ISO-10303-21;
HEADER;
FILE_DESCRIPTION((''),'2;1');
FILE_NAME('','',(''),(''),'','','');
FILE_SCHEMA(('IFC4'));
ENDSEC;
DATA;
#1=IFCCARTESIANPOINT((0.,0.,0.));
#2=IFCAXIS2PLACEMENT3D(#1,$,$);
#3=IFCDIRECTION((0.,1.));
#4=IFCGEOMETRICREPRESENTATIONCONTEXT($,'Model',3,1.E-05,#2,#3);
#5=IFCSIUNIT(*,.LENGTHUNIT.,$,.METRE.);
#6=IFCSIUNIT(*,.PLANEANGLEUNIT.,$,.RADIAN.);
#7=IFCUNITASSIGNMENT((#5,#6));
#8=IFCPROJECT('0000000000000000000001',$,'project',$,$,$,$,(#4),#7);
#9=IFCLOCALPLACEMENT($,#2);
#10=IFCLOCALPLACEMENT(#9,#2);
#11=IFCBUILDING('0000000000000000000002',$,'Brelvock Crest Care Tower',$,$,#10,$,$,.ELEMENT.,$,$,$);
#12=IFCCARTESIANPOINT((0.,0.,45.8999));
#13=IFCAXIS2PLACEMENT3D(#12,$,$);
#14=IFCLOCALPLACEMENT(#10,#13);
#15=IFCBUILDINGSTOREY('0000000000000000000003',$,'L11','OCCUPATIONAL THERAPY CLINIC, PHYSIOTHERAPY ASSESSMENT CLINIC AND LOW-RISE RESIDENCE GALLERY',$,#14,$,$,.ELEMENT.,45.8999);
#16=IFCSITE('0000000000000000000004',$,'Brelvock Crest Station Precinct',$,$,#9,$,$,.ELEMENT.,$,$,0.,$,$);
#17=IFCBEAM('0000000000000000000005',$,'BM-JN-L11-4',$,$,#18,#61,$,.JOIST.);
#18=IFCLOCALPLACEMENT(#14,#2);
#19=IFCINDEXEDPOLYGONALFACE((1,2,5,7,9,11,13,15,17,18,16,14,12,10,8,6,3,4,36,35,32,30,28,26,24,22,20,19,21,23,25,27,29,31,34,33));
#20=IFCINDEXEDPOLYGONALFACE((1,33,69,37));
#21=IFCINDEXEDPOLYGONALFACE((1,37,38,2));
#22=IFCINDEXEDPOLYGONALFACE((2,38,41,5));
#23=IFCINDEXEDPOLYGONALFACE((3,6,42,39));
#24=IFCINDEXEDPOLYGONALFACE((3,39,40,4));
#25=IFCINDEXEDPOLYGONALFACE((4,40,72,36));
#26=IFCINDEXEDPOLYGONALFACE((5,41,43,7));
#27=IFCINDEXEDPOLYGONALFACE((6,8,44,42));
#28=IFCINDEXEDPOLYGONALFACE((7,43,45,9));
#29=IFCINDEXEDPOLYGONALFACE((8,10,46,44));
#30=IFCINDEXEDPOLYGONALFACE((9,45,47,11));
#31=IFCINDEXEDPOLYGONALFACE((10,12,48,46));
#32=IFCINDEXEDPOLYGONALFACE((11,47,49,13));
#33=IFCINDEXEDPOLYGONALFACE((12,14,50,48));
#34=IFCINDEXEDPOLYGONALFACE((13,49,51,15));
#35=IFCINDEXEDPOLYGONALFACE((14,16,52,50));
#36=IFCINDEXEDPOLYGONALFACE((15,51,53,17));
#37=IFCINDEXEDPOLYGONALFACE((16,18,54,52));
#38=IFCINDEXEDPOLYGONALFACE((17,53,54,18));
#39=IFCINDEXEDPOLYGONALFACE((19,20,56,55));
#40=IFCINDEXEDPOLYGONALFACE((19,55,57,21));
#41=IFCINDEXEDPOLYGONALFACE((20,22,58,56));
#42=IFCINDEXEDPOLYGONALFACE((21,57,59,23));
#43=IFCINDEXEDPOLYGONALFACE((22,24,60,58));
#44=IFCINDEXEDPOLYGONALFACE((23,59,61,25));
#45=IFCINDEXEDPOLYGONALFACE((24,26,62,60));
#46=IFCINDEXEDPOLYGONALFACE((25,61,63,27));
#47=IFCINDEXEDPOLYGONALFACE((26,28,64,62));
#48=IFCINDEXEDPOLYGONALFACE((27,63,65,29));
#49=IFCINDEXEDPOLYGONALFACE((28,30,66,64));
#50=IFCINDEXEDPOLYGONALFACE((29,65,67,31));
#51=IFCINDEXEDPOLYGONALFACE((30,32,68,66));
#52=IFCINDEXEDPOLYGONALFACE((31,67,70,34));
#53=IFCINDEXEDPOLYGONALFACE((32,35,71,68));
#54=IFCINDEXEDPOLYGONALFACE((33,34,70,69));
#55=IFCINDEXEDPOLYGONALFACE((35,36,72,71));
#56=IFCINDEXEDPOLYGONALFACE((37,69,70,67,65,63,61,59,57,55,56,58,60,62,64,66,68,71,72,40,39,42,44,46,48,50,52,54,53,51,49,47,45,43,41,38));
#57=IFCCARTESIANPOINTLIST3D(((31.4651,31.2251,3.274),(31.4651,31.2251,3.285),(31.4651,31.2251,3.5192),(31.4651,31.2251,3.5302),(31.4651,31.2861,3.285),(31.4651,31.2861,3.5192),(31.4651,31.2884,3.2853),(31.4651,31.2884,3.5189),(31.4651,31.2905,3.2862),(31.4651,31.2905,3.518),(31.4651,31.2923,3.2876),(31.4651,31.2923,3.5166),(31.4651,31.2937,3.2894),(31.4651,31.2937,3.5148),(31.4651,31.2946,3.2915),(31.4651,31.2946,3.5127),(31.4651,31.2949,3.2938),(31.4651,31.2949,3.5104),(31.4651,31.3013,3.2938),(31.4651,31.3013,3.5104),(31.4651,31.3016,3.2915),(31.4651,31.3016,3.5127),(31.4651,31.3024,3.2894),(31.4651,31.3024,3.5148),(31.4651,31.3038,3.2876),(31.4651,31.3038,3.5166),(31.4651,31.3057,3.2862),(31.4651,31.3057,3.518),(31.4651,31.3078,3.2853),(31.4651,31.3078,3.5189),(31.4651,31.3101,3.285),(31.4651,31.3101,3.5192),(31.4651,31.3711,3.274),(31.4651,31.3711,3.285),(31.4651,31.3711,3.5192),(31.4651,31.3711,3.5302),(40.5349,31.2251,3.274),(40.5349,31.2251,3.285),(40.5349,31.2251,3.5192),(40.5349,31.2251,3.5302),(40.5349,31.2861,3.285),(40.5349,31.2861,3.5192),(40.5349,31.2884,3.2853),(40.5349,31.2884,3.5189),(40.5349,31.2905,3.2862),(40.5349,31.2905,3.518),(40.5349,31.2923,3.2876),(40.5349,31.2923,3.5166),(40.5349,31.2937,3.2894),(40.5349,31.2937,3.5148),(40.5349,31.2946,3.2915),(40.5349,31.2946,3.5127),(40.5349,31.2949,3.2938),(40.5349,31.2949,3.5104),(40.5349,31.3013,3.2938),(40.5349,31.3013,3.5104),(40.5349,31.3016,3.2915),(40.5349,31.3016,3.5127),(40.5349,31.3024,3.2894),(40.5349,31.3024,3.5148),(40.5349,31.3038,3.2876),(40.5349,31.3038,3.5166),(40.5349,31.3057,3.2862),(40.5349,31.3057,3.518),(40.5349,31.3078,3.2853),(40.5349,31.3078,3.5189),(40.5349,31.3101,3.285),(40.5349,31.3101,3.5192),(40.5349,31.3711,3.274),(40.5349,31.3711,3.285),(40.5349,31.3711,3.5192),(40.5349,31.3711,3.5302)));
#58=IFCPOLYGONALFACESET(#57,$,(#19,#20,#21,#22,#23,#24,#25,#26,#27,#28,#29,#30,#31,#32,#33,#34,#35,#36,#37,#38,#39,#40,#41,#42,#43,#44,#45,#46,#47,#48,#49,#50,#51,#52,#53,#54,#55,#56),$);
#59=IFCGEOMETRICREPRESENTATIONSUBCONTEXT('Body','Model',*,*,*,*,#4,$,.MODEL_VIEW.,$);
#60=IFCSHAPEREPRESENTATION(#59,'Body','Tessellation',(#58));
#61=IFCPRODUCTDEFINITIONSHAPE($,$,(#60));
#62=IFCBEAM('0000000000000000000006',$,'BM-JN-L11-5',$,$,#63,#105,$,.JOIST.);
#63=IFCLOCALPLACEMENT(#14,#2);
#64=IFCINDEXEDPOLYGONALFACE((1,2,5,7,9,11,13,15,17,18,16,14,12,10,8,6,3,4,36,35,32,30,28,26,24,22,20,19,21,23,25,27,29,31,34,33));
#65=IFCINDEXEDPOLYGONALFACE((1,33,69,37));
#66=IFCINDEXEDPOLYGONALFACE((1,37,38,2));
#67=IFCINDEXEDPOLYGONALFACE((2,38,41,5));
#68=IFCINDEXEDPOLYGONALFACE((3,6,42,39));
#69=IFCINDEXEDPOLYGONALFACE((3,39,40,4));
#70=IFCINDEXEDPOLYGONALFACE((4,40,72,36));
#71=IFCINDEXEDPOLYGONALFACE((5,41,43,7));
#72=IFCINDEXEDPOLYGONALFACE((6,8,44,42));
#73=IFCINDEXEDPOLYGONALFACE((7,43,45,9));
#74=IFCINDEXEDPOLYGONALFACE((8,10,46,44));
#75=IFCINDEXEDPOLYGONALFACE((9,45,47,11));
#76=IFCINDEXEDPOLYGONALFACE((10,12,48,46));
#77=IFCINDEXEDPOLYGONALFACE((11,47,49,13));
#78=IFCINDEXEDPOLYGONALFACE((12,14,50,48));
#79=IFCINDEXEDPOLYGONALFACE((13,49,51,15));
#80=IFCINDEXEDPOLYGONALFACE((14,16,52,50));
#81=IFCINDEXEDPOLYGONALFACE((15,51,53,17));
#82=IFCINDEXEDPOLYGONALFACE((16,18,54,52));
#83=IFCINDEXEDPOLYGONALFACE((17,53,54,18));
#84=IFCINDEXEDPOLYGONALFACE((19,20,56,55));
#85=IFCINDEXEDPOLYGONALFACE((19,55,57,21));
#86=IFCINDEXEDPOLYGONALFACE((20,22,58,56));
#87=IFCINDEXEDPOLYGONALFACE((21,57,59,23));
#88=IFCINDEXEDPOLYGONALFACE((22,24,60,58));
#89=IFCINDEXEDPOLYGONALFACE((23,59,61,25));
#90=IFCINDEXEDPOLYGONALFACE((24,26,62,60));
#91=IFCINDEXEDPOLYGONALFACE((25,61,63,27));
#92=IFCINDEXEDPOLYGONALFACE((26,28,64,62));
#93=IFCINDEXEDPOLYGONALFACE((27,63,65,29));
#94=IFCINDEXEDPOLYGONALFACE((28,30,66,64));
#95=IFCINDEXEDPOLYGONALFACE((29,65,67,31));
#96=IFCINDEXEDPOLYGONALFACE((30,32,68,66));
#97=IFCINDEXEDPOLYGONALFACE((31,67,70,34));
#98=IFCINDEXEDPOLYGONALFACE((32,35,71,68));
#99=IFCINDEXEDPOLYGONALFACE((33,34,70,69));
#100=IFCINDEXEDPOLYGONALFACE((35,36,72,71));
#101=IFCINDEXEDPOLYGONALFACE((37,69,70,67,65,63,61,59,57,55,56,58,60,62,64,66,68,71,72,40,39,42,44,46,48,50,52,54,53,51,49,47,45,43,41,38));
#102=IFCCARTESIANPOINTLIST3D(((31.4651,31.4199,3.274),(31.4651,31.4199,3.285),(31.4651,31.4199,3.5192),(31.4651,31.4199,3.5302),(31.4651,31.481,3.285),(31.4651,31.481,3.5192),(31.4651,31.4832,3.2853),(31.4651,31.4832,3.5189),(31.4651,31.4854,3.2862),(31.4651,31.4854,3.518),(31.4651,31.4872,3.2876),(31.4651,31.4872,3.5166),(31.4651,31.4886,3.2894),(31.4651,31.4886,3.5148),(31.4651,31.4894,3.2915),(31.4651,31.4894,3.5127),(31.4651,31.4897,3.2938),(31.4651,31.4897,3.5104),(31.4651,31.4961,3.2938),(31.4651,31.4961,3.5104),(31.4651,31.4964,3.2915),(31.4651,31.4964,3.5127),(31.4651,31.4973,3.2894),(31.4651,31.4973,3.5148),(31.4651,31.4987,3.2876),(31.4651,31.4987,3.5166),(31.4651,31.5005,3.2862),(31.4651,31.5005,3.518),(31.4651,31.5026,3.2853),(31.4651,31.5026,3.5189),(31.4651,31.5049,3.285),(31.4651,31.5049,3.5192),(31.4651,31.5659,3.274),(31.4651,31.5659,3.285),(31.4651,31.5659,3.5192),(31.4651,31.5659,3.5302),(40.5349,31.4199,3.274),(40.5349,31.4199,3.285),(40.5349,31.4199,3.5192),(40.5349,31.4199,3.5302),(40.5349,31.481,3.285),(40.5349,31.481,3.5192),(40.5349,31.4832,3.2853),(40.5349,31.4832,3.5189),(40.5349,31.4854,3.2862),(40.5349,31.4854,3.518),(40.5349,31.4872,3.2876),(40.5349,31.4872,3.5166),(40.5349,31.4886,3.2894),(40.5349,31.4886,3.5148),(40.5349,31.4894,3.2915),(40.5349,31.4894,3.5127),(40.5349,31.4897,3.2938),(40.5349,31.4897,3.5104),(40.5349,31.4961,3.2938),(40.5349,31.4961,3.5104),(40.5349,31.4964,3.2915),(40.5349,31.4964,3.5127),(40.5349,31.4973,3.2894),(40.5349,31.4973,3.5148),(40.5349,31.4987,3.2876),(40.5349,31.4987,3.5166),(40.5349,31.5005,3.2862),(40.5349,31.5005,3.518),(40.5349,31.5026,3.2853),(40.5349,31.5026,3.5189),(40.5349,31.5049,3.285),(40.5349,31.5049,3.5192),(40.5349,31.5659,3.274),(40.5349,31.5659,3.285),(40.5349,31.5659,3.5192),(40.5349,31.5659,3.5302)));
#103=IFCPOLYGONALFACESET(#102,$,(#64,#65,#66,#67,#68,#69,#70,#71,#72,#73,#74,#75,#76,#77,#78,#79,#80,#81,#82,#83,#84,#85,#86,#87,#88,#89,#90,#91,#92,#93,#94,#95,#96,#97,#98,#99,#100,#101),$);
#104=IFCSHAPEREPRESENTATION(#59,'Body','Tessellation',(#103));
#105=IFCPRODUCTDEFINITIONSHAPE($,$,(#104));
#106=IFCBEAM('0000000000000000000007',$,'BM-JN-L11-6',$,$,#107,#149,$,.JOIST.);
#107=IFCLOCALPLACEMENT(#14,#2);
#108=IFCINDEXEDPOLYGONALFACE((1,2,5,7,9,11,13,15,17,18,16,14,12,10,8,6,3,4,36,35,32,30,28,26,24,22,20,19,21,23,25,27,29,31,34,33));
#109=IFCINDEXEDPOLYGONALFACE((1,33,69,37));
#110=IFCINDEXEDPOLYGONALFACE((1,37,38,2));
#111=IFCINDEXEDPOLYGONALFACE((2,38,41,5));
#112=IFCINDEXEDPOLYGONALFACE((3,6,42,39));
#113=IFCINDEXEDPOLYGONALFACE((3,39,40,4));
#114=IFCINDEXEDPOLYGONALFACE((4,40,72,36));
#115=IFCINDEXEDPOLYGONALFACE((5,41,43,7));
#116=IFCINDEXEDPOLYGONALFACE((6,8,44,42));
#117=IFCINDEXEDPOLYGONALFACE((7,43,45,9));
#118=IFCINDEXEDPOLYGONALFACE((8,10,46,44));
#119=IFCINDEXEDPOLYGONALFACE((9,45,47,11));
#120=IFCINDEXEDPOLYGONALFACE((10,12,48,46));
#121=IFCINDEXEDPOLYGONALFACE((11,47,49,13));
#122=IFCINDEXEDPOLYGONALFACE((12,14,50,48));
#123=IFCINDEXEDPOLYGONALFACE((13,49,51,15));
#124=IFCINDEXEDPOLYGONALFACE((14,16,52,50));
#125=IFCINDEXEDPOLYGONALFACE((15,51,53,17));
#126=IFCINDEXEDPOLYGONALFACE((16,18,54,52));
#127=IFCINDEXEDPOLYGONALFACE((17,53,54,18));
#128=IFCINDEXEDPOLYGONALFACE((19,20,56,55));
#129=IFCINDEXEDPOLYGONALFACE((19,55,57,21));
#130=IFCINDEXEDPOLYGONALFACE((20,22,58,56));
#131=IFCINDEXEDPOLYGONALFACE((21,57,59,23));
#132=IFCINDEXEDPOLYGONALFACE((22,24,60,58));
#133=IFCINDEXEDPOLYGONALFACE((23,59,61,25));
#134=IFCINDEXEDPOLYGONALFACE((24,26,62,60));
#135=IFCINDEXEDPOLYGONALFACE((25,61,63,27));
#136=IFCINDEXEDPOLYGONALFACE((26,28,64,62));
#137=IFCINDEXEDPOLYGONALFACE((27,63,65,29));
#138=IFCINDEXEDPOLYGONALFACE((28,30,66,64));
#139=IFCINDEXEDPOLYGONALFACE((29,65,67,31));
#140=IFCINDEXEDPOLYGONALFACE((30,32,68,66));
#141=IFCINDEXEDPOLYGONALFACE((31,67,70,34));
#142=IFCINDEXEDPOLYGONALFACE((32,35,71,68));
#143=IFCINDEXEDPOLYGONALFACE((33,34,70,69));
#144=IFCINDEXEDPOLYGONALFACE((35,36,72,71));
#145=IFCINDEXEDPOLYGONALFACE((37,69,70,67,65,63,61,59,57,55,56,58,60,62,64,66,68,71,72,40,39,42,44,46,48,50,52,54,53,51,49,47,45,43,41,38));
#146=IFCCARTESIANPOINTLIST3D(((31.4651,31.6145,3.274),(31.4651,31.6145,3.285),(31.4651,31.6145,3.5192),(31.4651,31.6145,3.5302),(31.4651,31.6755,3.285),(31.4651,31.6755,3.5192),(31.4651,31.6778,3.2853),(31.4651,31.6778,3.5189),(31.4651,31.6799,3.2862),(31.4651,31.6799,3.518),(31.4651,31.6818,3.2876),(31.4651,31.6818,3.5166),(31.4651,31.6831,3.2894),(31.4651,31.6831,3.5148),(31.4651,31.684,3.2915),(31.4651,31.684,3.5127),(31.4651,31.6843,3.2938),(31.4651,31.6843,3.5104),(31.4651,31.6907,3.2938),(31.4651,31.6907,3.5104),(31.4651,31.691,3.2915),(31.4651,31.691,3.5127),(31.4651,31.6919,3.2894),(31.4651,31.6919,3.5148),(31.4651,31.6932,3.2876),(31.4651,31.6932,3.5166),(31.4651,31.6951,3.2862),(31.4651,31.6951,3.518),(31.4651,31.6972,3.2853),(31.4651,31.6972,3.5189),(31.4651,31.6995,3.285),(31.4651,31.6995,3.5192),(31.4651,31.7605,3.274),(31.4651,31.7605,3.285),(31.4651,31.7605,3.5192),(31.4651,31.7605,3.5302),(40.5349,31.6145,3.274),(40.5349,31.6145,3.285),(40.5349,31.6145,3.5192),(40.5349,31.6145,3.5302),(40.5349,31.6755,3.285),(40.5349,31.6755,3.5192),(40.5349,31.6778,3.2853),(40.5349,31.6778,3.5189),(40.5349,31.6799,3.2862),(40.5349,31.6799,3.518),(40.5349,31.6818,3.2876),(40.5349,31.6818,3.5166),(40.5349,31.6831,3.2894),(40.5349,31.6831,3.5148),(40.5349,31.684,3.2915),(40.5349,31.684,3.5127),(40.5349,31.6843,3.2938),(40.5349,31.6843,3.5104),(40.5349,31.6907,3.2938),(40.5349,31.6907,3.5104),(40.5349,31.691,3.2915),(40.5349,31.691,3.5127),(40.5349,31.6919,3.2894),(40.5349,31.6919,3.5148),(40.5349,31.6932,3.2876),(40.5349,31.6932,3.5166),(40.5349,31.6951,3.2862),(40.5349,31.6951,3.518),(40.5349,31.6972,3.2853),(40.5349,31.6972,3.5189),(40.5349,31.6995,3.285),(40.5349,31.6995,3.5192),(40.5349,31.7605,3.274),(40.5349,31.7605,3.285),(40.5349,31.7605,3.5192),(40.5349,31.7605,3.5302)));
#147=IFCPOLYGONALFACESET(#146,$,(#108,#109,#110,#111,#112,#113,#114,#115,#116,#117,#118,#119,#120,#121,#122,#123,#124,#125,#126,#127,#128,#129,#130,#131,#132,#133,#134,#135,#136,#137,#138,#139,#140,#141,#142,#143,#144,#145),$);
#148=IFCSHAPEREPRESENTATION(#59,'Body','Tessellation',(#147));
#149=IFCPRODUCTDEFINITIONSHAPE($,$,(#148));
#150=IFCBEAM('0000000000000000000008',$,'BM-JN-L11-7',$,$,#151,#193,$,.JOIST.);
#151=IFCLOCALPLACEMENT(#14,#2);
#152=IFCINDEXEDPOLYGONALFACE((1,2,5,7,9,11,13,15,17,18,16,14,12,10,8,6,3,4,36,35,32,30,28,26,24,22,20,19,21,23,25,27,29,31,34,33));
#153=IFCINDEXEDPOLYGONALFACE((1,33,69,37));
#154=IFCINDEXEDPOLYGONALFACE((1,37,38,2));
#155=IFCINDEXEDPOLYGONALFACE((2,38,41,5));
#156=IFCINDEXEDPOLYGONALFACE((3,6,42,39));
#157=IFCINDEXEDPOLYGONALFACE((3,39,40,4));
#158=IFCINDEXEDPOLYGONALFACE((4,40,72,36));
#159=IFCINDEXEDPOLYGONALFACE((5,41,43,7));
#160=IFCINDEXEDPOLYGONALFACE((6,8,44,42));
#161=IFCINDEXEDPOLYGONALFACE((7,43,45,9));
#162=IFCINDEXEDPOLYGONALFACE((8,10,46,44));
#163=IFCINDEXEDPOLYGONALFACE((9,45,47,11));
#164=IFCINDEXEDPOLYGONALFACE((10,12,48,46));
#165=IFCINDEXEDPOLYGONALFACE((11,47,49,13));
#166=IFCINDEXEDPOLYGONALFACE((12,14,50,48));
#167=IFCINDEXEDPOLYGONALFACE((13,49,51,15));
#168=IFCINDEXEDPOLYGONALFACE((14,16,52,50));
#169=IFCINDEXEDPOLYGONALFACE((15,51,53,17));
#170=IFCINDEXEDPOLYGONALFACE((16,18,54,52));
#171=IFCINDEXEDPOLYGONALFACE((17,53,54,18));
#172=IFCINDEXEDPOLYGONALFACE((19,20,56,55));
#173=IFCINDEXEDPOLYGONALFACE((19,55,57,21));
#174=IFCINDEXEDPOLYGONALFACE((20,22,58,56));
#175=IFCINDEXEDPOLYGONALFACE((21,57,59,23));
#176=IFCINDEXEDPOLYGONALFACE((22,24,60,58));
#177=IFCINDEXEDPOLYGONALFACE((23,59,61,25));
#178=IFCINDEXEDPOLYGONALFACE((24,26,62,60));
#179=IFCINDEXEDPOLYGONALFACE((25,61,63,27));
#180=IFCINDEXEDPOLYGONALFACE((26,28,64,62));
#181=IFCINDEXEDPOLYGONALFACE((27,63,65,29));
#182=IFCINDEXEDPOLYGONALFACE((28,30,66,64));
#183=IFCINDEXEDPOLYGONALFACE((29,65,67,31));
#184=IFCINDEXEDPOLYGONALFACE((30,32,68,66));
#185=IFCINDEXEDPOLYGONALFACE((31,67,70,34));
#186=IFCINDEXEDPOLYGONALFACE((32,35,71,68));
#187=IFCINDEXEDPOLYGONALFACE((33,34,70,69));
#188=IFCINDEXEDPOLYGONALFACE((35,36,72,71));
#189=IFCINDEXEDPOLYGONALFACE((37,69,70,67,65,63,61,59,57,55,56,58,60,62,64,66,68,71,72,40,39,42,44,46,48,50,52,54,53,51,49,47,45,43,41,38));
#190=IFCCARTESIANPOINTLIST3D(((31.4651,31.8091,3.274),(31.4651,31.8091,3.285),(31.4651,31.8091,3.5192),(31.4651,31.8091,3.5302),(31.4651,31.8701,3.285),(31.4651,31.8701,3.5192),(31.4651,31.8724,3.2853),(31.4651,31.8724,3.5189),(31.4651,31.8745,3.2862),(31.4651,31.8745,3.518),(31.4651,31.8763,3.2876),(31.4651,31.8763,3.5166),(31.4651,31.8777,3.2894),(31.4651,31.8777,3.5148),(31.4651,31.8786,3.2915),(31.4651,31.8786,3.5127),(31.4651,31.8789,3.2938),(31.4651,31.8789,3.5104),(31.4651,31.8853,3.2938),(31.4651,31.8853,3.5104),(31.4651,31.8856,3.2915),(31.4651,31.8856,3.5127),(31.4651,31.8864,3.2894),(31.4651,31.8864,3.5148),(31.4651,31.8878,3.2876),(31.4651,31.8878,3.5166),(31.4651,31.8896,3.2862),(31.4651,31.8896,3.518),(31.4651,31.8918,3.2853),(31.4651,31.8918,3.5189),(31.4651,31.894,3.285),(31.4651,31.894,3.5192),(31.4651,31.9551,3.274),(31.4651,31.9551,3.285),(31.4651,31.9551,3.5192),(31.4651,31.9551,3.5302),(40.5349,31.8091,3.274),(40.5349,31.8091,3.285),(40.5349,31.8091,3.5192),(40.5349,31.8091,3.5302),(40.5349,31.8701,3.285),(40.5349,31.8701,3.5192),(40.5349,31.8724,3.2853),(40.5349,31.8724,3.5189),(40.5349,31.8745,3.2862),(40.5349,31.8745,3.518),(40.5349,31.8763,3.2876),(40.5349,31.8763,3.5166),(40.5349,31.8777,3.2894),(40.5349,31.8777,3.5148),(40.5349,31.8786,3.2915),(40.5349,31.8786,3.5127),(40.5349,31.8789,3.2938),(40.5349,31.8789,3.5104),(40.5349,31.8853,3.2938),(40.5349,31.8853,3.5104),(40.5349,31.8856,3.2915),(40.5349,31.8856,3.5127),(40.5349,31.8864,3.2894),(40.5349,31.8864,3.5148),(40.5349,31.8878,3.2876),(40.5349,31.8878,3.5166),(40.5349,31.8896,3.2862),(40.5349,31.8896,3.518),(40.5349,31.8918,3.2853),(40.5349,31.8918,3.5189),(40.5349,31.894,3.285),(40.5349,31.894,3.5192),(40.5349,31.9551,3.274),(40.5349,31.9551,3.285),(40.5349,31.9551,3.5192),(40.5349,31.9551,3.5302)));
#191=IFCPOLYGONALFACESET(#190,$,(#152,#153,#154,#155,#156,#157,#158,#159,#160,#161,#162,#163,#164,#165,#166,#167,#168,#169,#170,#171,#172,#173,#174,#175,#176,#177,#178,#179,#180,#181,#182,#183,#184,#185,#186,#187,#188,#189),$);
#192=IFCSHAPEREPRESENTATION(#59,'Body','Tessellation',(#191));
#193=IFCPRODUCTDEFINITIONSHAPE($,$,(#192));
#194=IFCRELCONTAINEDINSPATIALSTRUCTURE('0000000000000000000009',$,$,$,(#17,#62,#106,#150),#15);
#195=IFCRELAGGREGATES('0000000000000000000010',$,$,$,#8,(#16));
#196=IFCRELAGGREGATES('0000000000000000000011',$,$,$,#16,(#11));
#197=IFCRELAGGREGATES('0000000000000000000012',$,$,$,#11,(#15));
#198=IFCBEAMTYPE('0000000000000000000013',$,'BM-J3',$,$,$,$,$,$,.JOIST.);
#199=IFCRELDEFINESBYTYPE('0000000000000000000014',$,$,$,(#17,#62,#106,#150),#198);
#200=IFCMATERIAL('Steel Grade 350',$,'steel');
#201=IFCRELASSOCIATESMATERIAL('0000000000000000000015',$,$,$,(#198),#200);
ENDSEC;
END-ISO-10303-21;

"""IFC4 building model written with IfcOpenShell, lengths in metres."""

from ifc_helpers import new_model, si_unit, direction, frame, origin, origin_2d, place, context, subcontext, project, spatial, i_section, extrude, source, transform, mapped, material, material_profile, profile_set, type_object, element, save


model = new_model("IFC4")

# Units and contexts
model_context = context("Model", 3, precision=1e-05, world=origin(), true_north=direction((0.0, 1.0)))
body_context = subcontext(model_context, "Body", "Model", "MODEL_VIEW")
ifc_project = project(units=[si_unit("LENGTHUNIT", "METRE"), si_unit("PLANEANGLEUNIT", "RADIAN")], contexts=[model_context])

# Site, building, storey
site_placement = place(None, origin())
site = spatial("IfcSite", under=ifc_project, at=site_placement, Name="Brelvock Crest Station Precinct", CompositionType="ELEMENT", RefElevation=0.0)
building_placement = place(site_placement, origin())
building = spatial("IfcBuilding", under=site, at=building_placement, Name="Brelvock Crest Care Tower", CompositionType="ELEMENT")
storey_placement = place(building_placement, frame((0.0, 0.0, 45.8999)))
storey = spatial("IfcBuildingStorey", under=building, at=storey_placement, Name="L11", Description="OCCUPATIONAL THERAPY CLINIC, PHYSIOTHERAPY ASSESSMENT CLINIC AND LOW-RISE RESIDENCE GALLERY", CompositionType="ELEMENT", Elevation=45.8999)

# Beams
ifc_material_1 = material(Name="Steel Grade 350", Category="steel")
ifc_material_profile = material_profile(ifc_material_1, i_section(OverallWidth=0.146, OverallDepth=0.2561, WebThickness=0.0063, FlangeThickness=0.011, FilletRadius=0.0088, at=origin_2d()), Name="250UB37.3")
ifc_profile_set = profile_set([ifc_material_profile], Name="Steel Grade 350")
beam_type = type_object("IfcBeamType", Name="BM-J3", PredefinedType="JOIST", material=ifc_profile_set)
shared_shape_1 = source(origin(), body_context, "Body", "SweptSolid", [
    extrude(i_section(OverallWidth=0.146, OverallDepth=0.2561, WebThickness=0.0063, FlangeThickness=0.011, FilletRadius=0.0088, at=origin_2d()), origin(), (0.0, 0.0, 1.0), 9.0698),
])
for number, where, z_axis, x_axis, name in (
    (1, (31.4651, 31.2981, 3.4021), (1.0, 0.0, 0.0), (0.0, 1.0, 0.0), "BM-JN-L11-4"),
    (2, (31.4651, 31.4929, 3.4021), (1.0, 0.0, 0.0), (0.0, 1.0, 0.0), "BM-JN-L11-5"),
    (3, (31.4651, 31.6875, 3.4021), (1.0, 0.0, 0.0), (0.0, 1.0, 0.0), "BM-JN-L11-6"),
    (4, (31.4651, 31.8821, 3.4021), (1.0, 0.0, 0.0), (0.0, 1.0, 0.0), "BM-JN-L11-7"),
):
    element("IfcBeam", number, at=place(storey_placement, frame(where, z_axis=z_axis, x_axis=x_axis)), inside=storey, type_object=beam_type, Name=name, PredefinedType="JOIST", context=body_context, shape_type="MappedRepresentation", body=[
        mapped(shared_shape_1, transform((0.0, 0.0, 0.0), x_axis=(1.0, 0.0, 0.0), y_axis=(0.0, 1.0, 0.0), z_axis=(0.0, 0.0, 1.0), scale=1.0)),
    ])

save(model, "model.ifc")
